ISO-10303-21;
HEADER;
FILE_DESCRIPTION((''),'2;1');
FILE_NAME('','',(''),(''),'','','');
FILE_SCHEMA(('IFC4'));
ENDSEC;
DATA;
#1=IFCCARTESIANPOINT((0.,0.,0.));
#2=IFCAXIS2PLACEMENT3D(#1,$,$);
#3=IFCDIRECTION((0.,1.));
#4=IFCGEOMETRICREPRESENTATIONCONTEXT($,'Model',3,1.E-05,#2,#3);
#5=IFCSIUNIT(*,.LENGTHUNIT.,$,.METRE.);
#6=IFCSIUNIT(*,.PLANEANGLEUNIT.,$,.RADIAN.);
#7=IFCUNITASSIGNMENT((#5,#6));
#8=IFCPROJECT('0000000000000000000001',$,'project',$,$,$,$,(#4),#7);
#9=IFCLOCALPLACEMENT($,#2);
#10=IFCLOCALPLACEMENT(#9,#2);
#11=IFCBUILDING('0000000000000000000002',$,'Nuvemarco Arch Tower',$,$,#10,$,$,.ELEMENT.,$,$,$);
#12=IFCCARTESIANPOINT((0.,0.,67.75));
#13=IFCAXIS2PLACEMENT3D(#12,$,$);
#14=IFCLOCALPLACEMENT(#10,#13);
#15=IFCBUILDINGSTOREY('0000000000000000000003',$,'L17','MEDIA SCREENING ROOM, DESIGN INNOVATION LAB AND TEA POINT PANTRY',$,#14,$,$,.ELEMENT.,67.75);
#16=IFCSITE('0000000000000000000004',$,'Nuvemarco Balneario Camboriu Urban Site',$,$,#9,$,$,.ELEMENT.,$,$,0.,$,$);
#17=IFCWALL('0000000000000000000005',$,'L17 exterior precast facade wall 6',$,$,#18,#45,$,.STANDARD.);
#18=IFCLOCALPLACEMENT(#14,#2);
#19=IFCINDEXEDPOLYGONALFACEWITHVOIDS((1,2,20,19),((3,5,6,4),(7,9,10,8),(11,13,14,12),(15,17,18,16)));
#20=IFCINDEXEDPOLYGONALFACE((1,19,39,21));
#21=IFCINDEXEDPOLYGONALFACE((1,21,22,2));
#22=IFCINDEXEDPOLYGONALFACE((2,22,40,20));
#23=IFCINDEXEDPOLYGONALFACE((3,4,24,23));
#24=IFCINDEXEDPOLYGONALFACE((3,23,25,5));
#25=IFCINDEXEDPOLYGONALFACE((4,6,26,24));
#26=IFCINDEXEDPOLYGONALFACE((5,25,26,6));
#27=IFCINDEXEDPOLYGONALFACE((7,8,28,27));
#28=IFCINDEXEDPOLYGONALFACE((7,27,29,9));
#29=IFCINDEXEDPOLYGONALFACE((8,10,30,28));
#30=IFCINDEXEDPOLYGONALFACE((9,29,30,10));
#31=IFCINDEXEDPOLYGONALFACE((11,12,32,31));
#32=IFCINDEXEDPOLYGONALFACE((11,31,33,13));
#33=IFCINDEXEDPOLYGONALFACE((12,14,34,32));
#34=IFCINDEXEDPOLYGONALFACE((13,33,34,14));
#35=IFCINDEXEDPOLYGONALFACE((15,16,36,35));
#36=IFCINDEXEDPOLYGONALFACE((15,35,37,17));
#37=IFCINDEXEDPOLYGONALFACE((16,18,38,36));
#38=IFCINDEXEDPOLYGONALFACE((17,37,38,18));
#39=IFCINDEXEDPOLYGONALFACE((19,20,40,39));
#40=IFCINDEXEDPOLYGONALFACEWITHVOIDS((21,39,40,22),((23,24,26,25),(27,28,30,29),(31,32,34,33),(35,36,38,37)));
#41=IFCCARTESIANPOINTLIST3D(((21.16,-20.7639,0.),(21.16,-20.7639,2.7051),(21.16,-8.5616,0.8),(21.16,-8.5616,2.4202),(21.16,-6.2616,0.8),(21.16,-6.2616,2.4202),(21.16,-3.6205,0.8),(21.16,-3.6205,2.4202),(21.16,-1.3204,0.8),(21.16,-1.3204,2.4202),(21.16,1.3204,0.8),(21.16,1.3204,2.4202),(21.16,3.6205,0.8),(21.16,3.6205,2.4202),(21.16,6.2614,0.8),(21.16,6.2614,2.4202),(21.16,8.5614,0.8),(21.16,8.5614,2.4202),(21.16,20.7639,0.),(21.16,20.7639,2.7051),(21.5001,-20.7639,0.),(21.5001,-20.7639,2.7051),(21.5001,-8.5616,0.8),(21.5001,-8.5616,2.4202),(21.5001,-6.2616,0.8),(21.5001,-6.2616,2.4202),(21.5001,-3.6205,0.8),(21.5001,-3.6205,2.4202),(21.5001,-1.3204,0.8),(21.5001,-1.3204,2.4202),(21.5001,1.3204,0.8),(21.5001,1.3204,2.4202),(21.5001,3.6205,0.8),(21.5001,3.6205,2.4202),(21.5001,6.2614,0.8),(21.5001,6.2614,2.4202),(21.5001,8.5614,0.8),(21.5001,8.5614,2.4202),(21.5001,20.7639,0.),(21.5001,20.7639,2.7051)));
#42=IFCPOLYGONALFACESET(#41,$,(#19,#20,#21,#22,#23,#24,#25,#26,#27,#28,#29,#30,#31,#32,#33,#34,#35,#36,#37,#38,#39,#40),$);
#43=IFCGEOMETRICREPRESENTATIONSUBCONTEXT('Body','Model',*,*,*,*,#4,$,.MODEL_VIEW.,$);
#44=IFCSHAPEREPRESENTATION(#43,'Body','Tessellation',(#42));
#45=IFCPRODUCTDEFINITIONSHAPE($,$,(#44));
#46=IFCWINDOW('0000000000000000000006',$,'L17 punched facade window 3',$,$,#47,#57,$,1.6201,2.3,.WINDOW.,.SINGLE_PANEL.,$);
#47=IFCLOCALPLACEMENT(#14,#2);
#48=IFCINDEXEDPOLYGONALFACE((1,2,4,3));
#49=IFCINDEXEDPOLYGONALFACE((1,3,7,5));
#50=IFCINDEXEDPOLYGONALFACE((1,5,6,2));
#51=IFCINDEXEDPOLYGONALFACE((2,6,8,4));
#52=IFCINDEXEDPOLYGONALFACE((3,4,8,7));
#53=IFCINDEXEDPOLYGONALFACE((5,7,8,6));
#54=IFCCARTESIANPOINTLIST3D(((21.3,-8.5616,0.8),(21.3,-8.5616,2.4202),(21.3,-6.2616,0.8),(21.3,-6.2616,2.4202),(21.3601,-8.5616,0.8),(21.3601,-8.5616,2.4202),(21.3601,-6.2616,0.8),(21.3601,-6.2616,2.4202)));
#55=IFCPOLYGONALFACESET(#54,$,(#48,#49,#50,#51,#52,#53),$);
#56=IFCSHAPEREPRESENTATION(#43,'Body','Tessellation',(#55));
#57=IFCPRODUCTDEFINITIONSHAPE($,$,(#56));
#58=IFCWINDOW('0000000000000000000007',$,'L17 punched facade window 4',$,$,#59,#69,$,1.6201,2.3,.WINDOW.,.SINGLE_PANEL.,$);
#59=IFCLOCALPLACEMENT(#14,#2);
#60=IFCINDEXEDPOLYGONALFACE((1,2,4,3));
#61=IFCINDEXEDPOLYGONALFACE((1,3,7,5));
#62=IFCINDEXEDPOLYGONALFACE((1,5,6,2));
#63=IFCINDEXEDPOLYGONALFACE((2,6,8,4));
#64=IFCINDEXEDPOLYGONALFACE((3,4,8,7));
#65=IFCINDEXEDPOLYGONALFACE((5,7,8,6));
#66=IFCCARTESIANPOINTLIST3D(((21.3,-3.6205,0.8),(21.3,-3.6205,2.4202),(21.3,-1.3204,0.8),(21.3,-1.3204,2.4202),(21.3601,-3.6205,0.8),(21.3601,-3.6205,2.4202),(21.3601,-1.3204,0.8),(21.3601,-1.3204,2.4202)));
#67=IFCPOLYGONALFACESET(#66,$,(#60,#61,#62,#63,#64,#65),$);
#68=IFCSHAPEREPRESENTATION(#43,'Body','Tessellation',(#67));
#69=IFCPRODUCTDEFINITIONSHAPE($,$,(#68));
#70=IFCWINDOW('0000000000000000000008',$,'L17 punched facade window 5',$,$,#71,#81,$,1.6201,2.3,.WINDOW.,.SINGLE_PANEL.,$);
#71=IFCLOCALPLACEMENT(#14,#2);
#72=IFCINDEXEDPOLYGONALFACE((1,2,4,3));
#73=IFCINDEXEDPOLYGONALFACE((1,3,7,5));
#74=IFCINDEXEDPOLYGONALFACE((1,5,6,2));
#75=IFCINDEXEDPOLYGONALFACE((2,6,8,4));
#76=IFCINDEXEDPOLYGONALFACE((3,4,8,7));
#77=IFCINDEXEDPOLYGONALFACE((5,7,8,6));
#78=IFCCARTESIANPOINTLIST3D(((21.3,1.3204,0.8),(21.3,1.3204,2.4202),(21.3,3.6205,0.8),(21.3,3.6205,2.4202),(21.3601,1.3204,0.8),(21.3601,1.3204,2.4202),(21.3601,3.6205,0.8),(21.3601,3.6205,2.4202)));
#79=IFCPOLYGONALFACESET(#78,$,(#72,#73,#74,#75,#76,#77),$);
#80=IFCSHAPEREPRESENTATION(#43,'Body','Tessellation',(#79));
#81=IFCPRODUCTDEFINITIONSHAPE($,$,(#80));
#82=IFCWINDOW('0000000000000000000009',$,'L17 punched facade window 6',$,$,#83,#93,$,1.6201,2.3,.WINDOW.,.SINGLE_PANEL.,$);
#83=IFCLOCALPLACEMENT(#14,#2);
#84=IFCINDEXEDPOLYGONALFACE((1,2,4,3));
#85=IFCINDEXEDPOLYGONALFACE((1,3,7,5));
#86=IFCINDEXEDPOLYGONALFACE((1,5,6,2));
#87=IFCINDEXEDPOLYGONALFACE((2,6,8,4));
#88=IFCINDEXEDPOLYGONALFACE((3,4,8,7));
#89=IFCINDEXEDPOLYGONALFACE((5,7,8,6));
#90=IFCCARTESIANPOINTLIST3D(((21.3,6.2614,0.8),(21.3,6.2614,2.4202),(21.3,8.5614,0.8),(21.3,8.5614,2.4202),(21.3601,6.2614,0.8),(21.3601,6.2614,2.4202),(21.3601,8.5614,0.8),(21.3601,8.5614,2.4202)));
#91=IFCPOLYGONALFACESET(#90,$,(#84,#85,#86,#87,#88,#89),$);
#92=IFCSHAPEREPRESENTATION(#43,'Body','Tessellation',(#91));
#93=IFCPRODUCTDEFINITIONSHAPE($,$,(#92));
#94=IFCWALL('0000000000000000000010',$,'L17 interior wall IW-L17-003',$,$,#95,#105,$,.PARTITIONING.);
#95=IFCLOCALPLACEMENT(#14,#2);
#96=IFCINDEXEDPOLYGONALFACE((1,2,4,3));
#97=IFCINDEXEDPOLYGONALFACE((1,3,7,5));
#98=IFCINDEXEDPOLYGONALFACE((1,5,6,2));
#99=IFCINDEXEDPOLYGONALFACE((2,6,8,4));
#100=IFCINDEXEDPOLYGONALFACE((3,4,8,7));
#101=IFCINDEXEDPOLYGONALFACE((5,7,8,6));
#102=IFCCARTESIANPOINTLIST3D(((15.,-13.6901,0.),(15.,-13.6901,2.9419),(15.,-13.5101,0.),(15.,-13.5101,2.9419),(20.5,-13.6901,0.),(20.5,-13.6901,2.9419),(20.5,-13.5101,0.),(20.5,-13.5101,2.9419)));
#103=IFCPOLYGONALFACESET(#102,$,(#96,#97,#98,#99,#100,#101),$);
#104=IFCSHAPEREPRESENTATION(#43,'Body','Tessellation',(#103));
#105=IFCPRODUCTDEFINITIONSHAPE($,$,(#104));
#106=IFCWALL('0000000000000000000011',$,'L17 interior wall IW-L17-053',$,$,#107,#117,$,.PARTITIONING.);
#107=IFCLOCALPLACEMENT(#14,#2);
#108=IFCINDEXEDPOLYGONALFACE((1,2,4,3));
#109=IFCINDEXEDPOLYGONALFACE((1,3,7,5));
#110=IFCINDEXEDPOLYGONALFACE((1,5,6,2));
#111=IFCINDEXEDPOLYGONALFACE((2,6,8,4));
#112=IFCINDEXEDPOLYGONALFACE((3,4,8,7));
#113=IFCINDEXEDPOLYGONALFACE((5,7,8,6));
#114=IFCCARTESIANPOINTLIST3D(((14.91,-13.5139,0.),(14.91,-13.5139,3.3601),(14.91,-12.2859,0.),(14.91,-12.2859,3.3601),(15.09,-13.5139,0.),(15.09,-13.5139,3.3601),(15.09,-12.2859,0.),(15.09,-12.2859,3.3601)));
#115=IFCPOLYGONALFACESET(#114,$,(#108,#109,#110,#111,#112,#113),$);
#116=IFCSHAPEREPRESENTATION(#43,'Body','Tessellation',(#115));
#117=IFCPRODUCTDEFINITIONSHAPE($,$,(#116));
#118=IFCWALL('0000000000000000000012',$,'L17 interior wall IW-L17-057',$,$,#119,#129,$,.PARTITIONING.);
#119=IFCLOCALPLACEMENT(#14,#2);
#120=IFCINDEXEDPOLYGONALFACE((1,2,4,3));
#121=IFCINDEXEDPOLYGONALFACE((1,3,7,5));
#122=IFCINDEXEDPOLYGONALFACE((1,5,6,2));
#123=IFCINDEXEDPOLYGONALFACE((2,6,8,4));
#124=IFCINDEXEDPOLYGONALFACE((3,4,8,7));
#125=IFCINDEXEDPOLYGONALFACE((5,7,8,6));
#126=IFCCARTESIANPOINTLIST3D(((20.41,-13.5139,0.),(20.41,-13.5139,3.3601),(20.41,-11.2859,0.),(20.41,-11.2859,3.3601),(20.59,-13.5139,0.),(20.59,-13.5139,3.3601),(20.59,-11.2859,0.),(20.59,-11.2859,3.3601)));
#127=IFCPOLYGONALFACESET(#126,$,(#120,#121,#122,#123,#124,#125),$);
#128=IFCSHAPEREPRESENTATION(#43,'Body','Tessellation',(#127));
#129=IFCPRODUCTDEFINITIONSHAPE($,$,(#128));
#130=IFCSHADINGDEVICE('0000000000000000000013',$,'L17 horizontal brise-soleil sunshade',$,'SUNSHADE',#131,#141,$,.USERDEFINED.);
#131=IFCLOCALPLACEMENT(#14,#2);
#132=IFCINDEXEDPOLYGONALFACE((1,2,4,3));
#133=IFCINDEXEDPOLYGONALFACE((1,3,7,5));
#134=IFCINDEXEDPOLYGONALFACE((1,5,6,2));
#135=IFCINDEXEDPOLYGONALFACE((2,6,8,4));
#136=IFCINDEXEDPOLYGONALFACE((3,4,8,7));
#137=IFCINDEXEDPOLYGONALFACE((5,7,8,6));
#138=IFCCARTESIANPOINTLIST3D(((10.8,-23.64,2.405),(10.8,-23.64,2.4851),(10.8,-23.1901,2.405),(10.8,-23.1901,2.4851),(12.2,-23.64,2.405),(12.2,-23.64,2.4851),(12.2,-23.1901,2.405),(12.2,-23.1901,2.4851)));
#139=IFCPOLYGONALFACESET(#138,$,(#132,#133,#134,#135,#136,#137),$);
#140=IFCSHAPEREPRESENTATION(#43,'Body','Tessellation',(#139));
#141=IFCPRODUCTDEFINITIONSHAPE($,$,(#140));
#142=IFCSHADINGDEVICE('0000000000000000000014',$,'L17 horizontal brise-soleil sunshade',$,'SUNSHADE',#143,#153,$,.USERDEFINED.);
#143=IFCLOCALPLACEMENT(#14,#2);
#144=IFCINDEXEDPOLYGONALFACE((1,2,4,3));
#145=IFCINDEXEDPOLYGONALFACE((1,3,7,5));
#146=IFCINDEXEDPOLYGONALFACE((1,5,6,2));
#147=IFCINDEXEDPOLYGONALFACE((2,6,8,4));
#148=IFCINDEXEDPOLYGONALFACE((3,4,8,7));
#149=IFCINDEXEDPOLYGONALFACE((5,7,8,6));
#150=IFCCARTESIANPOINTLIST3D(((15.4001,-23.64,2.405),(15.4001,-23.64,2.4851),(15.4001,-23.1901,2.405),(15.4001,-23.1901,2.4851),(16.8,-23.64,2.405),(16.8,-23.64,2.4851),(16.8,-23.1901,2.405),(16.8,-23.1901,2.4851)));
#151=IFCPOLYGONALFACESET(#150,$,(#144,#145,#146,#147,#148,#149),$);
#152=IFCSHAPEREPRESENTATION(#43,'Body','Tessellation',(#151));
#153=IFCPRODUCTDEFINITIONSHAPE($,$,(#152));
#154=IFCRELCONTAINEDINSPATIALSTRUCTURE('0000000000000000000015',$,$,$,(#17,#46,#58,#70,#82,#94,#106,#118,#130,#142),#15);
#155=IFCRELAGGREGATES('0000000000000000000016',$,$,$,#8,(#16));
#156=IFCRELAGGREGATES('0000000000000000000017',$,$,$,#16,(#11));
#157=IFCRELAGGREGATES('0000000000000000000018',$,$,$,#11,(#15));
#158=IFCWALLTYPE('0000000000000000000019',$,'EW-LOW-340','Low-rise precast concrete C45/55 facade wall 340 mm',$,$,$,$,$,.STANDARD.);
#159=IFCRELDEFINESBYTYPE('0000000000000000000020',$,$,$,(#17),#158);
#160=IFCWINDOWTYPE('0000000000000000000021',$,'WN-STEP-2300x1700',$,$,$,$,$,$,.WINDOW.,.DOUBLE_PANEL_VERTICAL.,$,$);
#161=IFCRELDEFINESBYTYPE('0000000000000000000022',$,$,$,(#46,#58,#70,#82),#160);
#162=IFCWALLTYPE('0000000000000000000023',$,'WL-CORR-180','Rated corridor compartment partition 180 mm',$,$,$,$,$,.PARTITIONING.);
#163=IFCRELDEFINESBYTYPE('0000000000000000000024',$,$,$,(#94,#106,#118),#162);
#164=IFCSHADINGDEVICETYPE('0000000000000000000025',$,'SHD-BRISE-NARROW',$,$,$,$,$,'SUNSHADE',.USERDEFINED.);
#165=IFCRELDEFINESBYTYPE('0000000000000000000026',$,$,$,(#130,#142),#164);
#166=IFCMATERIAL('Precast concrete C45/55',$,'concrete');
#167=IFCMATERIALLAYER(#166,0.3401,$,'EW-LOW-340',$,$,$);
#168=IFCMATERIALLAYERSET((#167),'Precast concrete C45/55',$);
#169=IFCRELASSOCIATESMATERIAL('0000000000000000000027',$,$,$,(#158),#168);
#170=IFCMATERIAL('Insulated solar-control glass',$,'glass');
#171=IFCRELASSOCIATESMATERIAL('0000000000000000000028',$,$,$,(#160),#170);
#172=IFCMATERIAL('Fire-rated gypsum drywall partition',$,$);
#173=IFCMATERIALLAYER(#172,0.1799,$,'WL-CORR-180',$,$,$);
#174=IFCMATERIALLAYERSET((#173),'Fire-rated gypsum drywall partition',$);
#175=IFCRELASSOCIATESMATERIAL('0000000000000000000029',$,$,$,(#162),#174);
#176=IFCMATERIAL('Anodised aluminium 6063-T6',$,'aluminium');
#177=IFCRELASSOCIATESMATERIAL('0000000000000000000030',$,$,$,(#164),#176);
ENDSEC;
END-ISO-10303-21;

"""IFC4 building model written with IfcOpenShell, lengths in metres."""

from ifc_helpers import new_model, si_unit, direction, frame, frame_2d, origin, origin_2d, place, context, subcontext, project, spatial, rectangle, extrude, source, transform, mapped, material, layer, layer_set, type_object, type_shapes, element, fill, save


model = new_model("IFC4")

# Units and contexts
model_context = context("Model", 3, precision=1e-05, world=origin(), true_north=direction((0.0, 1.0)))
body_context = subcontext(model_context, "Body", "Model", "MODEL_VIEW")
ifc_project = project(units=[si_unit("LENGTHUNIT", "METRE"), si_unit("PLANEANGLEUNIT", "RADIAN")], contexts=[model_context])

# Site, building, storey
site_placement = place(None, origin())
site = spatial("IfcSite", under=ifc_project, at=site_placement, Name="Nuvemarco Balneario Camboriu Urban Site", CompositionType="ELEMENT", RefElevation=0.0)
building_placement = place(site_placement, origin())
building = spatial("IfcBuilding", under=site, at=building_placement, Name="Nuvemarco Arch Tower", CompositionType="ELEMENT")
storey_placement = place(building_placement, frame((0.0, 0.0, 67.75)))
storey = spatial("IfcBuildingStorey", under=building, at=storey_placement, Name="L17", Description="MEDIA SCREENING ROOM, DESIGN INNOVATION LAB AND TEA POINT PANTRY", CompositionType="ELEMENT", Elevation=67.75)

# Shared definitions
ifc_material_1 = material(Name="Precast concrete C45/55", Category="concrete")

# Shared definitions
ifc_layer_1 = layer(ifc_material_1, 0.3401, Name="EW-LOW-340")
ifc_layer_set_1 = layer_set([ifc_layer_1], Name="Precast concrete C45/55")
wall_type_1 = type_object("IfcWallType", Name="EW-LOW-340", Description="Low-rise precast concrete C45/55 facade wall 340 mm", PredefinedType="STANDARD", material=ifc_layer_set_1)

# Wall, openings, windows
wall_1_placement = place(storey_placement, frame((21.3301, -20.7639, 0.0), z_axis=(0.0, 0.0, 1.0), x_axis=(0.0, 1.0, 0.0)))
wall_1 = element("IfcWall", 1, at=wall_1_placement, inside=storey, type_object=wall_type_1, Name="L17 exterior precast facade wall 6", PredefinedType="STANDARD", context=body_context, shape_type="SweptSolid", body=[
    extrude(rectangle(XDim=41.5278, YDim=0.3401, at=frame_2d((20.7639, 0.0))), origin(), (0.0, 0.0, 1.0), 2.7051),
])
opening_1_placement = place(wall_1_placement, frame((12.2024, 0.0, 0.8)))
opening_1 = element("IfcOpeningElement", 2, at=opening_1_placement, cuts=wall_1, PredefinedType="OPENING", context=body_context, shape_type="SweptSolid", body=[
    extrude(rectangle(XDim=2.3, YDim=1.6201, at=frame_2d((1.1499, 0.8101))), frame((0.0, 0.1799, 0.0), z_axis=(0.0, -1.0, 0.0), x_axis=(1.0, 0.0, 0.0)), (0.0, 0.0, 1.0), 0.3601),
])
opening_2_placement = place(wall_1_placement, frame((17.1436, 0.0, 0.8)))
opening_2 = element("IfcOpeningElement", 3, at=opening_2_placement, cuts=wall_1, PredefinedType="OPENING", context=body_context, shape_type="SweptSolid", body=[
    extrude(rectangle(XDim=2.3, YDim=1.6201, at=frame_2d((1.1499, 0.8101))), frame((0.0, 0.1799, 0.0), z_axis=(0.0, -1.0, 0.0), x_axis=(1.0, 0.0, 0.0)), (0.0, 0.0, 1.0), 0.3601),
])
opening_3_placement = place(wall_1_placement, frame((22.0845, 0.0, 0.8)))
opening_3 = element("IfcOpeningElement", 4, at=opening_3_placement, cuts=wall_1, PredefinedType="OPENING", context=body_context, shape_type="SweptSolid", body=[
    extrude(rectangle(XDim=2.3, YDim=1.6201, at=frame_2d((1.1499, 0.8101))), frame((0.0, 0.1799, 0.0), z_axis=(0.0, -1.0, 0.0), x_axis=(1.0, 0.0, 0.0)), (0.0, 0.0, 1.0), 0.3601),
])
opening_4_placement = place(wall_1_placement, frame((27.0254, 0.0, 0.8)))
opening_4 = element("IfcOpeningElement", 5, at=opening_4_placement, cuts=wall_1, PredefinedType="OPENING", context=body_context, shape_type="SweptSolid", body=[
    extrude(rectangle(XDim=2.3, YDim=1.6201, at=frame_2d((1.1499, 0.8101))), frame((0.0, 0.1799, 0.0), z_axis=(0.0, -1.0, 0.0), x_axis=(1.0, 0.0, 0.0)), (0.0, 0.0, 1.0), 0.3601),
])
ifc_material_2 = material(Name="Insulated solar-control glass", Category="glass")
window_type = type_object("IfcWindowType", Name="WN-STEP-2300x1700", PartitioningType="DOUBLE_PANEL_VERTICAL", PredefinedType="WINDOW", material=ifc_material_2)
shared_shape_1 = source(origin(), body_context, "Body", "SweptSolid", [
    extrude(rectangle(XDim=2.3, YDim=1.6201, at=frame_2d((1.1499, 0.8101))), frame((0.0, 0.03, 0.0), z_axis=(0.0, -1.0, 0.0), x_axis=(1.0, 0.0, 0.0)), (0.0, 0.0, 1.0), 0.0601),
])
type_shapes(window_type, [shared_shape_1])
window_1_placement = place(opening_1_placement, origin())
window_1 = element("IfcWindow", 6, at=window_1_placement, inside=storey, type_object=window_type, Name="L17 punched facade window 3", OverallHeight=1.6201, OverallWidth=2.3, PartitioningType="SINGLE_PANEL", PredefinedType="WINDOW", context=body_context, shape_type="MappedRepresentation", body=[
    mapped(shared_shape_1, transform((0.0, 0.0, 0.0), scale=1.0)),
])
fill(opening_1, window_1)
window_2_placement = place(opening_2_placement, origin())
window_2 = element("IfcWindow", 7, at=window_2_placement, inside=storey, type_object=window_type, Name="L17 punched facade window 4", OverallHeight=1.6201, OverallWidth=2.3, PartitioningType="SINGLE_PANEL", PredefinedType="WINDOW", context=body_context, shape_type="MappedRepresentation", body=[
    mapped(shared_shape_1, transform((0.0, 0.0, 0.0), scale=1.0)),
])
fill(opening_2, window_2)
window_3_placement = place(opening_3_placement, origin())
window_3 = element("IfcWindow", 8, at=window_3_placement, inside=storey, type_object=window_type, Name="L17 punched facade window 5", OverallHeight=1.6201, OverallWidth=2.3, PartitioningType="SINGLE_PANEL", PredefinedType="WINDOW", context=body_context, shape_type="MappedRepresentation", body=[
    mapped(shared_shape_1, transform((0.0, 0.0, 0.0), scale=1.0)),
])
fill(opening_3, window_3)
window_4_placement = place(opening_4_placement, origin())
window_4 = element("IfcWindow", 9, at=window_4_placement, inside=storey, type_object=window_type, Name="L17 punched facade window 6", OverallHeight=1.6201, OverallWidth=2.3, PartitioningType="SINGLE_PANEL", PredefinedType="WINDOW", context=body_context, shape_type="MappedRepresentation", body=[
    mapped(shared_shape_1, transform((0.0, 0.0, 0.0), scale=1.0)),
])
fill(opening_4, window_4)

# Walls
ifc_material_3 = material(Name="Fire-rated gypsum drywall partition")
ifc_layer_2 = layer(ifc_material_3, 0.1799, Name="WL-CORR-180")
ifc_layer_set_2 = layer_set([ifc_layer_2], Name="Fire-rated gypsum drywall partition")
wall_type_2 = type_object("IfcWallType", Name="WL-CORR-180", Description="Rated corridor compartment partition 180 mm", PredefinedType="PARTITIONING", material=ifc_layer_set_2)
wall_2_placement = place(storey_placement, frame((15.0, -13.6001, 0.0), z_axis=(0.0, 0.0, 1.0), x_axis=(1.0, 0.0, 0.0)))
element("IfcWall", 10, at=wall_2_placement, inside=storey, type_object=wall_type_2, Name="L17 interior wall IW-L17-003", PredefinedType="PARTITIONING", context=body_context, shape_type="SweptSolid", body=[
    extrude(rectangle(XDim=5.5, YDim=0.1799, at=frame_2d((2.75, 0.0))), origin(), (0.0, 0.0, 1.0), 2.9419),
])
wall_3_placement = place(storey_placement, frame((15.0, -13.5139, 0.0), z_axis=(0.0, 0.0, 1.0), x_axis=(0.0, 1.0, 0.0)))
element("IfcWall", 11, at=wall_3_placement, inside=storey, type_object=wall_type_2, Name="L17 interior wall IW-L17-053", PredefinedType="PARTITIONING", context=body_context, shape_type="SweptSolid", body=[
    extrude(rectangle(XDim=1.228, YDim=0.1799, at=frame_2d((0.614, 0.0))), origin(), (0.0, 0.0, 1.0), 3.3601),
])
wall_4_placement = place(storey_placement, frame((20.5, -13.5139, 0.0), z_axis=(0.0, 0.0, 1.0), x_axis=(0.0, 1.0, 0.0)))
element("IfcWall", 12, at=wall_4_placement, inside=storey, type_object=wall_type_2, Name="L17 interior wall IW-L17-057", PredefinedType="PARTITIONING", context=body_context, shape_type="SweptSolid", body=[
    extrude(rectangle(XDim=2.228, YDim=0.1799, at=frame_2d((1.114, 0.0))), origin(), (0.0, 0.0, 1.0), 3.3601),
])

# Shading devices
ifc_material_4 = material(Name="Anodised aluminium 6063-T6", Category="aluminium")
shading_device_type = type_object("IfcShadingDeviceType", Name="SHD-BRISE-NARROW", ElementType="SUNSHADE", PredefinedType="USERDEFINED", material=ifc_material_4)
shared_shape_2 = source(origin(), body_context, "Body", "SweptSolid", [
    extrude(rectangle(XDim=1.3999, YDim=0.45, at=origin_2d()), origin(), (0.0, 0.0, 1.0), 0.0801),
])
type_shapes(shading_device_type, [shared_shape_2])
for number, where, z_axis, x_axis, name in (
    (13, (11.5, -23.415, 2.405), (0.0, 0.0, 1.0), (1.0, 0.0, 0.0), "L17 horizontal brise-soleil sunshade"),
    (14, (16.1001, -23.415, 2.405), (0.0, 0.0, 1.0), (1.0, 0.0, 0.0), "L17 horizontal brise-soleil sunshade"),
):
    element("IfcShadingDevice", number, at=place(storey_placement, frame(where, z_axis=z_axis, x_axis=x_axis)), inside=storey, type_object=shading_device_type, Name=name, ObjectType="SUNSHADE", PredefinedType="USERDEFINED", context=body_context, shape_type="MappedRepresentation", body=[
        mapped(shared_shape_2, transform((0.0, 0.0, 0.0), scale=1.0)),
    ])

save(model, "model.ifc")
